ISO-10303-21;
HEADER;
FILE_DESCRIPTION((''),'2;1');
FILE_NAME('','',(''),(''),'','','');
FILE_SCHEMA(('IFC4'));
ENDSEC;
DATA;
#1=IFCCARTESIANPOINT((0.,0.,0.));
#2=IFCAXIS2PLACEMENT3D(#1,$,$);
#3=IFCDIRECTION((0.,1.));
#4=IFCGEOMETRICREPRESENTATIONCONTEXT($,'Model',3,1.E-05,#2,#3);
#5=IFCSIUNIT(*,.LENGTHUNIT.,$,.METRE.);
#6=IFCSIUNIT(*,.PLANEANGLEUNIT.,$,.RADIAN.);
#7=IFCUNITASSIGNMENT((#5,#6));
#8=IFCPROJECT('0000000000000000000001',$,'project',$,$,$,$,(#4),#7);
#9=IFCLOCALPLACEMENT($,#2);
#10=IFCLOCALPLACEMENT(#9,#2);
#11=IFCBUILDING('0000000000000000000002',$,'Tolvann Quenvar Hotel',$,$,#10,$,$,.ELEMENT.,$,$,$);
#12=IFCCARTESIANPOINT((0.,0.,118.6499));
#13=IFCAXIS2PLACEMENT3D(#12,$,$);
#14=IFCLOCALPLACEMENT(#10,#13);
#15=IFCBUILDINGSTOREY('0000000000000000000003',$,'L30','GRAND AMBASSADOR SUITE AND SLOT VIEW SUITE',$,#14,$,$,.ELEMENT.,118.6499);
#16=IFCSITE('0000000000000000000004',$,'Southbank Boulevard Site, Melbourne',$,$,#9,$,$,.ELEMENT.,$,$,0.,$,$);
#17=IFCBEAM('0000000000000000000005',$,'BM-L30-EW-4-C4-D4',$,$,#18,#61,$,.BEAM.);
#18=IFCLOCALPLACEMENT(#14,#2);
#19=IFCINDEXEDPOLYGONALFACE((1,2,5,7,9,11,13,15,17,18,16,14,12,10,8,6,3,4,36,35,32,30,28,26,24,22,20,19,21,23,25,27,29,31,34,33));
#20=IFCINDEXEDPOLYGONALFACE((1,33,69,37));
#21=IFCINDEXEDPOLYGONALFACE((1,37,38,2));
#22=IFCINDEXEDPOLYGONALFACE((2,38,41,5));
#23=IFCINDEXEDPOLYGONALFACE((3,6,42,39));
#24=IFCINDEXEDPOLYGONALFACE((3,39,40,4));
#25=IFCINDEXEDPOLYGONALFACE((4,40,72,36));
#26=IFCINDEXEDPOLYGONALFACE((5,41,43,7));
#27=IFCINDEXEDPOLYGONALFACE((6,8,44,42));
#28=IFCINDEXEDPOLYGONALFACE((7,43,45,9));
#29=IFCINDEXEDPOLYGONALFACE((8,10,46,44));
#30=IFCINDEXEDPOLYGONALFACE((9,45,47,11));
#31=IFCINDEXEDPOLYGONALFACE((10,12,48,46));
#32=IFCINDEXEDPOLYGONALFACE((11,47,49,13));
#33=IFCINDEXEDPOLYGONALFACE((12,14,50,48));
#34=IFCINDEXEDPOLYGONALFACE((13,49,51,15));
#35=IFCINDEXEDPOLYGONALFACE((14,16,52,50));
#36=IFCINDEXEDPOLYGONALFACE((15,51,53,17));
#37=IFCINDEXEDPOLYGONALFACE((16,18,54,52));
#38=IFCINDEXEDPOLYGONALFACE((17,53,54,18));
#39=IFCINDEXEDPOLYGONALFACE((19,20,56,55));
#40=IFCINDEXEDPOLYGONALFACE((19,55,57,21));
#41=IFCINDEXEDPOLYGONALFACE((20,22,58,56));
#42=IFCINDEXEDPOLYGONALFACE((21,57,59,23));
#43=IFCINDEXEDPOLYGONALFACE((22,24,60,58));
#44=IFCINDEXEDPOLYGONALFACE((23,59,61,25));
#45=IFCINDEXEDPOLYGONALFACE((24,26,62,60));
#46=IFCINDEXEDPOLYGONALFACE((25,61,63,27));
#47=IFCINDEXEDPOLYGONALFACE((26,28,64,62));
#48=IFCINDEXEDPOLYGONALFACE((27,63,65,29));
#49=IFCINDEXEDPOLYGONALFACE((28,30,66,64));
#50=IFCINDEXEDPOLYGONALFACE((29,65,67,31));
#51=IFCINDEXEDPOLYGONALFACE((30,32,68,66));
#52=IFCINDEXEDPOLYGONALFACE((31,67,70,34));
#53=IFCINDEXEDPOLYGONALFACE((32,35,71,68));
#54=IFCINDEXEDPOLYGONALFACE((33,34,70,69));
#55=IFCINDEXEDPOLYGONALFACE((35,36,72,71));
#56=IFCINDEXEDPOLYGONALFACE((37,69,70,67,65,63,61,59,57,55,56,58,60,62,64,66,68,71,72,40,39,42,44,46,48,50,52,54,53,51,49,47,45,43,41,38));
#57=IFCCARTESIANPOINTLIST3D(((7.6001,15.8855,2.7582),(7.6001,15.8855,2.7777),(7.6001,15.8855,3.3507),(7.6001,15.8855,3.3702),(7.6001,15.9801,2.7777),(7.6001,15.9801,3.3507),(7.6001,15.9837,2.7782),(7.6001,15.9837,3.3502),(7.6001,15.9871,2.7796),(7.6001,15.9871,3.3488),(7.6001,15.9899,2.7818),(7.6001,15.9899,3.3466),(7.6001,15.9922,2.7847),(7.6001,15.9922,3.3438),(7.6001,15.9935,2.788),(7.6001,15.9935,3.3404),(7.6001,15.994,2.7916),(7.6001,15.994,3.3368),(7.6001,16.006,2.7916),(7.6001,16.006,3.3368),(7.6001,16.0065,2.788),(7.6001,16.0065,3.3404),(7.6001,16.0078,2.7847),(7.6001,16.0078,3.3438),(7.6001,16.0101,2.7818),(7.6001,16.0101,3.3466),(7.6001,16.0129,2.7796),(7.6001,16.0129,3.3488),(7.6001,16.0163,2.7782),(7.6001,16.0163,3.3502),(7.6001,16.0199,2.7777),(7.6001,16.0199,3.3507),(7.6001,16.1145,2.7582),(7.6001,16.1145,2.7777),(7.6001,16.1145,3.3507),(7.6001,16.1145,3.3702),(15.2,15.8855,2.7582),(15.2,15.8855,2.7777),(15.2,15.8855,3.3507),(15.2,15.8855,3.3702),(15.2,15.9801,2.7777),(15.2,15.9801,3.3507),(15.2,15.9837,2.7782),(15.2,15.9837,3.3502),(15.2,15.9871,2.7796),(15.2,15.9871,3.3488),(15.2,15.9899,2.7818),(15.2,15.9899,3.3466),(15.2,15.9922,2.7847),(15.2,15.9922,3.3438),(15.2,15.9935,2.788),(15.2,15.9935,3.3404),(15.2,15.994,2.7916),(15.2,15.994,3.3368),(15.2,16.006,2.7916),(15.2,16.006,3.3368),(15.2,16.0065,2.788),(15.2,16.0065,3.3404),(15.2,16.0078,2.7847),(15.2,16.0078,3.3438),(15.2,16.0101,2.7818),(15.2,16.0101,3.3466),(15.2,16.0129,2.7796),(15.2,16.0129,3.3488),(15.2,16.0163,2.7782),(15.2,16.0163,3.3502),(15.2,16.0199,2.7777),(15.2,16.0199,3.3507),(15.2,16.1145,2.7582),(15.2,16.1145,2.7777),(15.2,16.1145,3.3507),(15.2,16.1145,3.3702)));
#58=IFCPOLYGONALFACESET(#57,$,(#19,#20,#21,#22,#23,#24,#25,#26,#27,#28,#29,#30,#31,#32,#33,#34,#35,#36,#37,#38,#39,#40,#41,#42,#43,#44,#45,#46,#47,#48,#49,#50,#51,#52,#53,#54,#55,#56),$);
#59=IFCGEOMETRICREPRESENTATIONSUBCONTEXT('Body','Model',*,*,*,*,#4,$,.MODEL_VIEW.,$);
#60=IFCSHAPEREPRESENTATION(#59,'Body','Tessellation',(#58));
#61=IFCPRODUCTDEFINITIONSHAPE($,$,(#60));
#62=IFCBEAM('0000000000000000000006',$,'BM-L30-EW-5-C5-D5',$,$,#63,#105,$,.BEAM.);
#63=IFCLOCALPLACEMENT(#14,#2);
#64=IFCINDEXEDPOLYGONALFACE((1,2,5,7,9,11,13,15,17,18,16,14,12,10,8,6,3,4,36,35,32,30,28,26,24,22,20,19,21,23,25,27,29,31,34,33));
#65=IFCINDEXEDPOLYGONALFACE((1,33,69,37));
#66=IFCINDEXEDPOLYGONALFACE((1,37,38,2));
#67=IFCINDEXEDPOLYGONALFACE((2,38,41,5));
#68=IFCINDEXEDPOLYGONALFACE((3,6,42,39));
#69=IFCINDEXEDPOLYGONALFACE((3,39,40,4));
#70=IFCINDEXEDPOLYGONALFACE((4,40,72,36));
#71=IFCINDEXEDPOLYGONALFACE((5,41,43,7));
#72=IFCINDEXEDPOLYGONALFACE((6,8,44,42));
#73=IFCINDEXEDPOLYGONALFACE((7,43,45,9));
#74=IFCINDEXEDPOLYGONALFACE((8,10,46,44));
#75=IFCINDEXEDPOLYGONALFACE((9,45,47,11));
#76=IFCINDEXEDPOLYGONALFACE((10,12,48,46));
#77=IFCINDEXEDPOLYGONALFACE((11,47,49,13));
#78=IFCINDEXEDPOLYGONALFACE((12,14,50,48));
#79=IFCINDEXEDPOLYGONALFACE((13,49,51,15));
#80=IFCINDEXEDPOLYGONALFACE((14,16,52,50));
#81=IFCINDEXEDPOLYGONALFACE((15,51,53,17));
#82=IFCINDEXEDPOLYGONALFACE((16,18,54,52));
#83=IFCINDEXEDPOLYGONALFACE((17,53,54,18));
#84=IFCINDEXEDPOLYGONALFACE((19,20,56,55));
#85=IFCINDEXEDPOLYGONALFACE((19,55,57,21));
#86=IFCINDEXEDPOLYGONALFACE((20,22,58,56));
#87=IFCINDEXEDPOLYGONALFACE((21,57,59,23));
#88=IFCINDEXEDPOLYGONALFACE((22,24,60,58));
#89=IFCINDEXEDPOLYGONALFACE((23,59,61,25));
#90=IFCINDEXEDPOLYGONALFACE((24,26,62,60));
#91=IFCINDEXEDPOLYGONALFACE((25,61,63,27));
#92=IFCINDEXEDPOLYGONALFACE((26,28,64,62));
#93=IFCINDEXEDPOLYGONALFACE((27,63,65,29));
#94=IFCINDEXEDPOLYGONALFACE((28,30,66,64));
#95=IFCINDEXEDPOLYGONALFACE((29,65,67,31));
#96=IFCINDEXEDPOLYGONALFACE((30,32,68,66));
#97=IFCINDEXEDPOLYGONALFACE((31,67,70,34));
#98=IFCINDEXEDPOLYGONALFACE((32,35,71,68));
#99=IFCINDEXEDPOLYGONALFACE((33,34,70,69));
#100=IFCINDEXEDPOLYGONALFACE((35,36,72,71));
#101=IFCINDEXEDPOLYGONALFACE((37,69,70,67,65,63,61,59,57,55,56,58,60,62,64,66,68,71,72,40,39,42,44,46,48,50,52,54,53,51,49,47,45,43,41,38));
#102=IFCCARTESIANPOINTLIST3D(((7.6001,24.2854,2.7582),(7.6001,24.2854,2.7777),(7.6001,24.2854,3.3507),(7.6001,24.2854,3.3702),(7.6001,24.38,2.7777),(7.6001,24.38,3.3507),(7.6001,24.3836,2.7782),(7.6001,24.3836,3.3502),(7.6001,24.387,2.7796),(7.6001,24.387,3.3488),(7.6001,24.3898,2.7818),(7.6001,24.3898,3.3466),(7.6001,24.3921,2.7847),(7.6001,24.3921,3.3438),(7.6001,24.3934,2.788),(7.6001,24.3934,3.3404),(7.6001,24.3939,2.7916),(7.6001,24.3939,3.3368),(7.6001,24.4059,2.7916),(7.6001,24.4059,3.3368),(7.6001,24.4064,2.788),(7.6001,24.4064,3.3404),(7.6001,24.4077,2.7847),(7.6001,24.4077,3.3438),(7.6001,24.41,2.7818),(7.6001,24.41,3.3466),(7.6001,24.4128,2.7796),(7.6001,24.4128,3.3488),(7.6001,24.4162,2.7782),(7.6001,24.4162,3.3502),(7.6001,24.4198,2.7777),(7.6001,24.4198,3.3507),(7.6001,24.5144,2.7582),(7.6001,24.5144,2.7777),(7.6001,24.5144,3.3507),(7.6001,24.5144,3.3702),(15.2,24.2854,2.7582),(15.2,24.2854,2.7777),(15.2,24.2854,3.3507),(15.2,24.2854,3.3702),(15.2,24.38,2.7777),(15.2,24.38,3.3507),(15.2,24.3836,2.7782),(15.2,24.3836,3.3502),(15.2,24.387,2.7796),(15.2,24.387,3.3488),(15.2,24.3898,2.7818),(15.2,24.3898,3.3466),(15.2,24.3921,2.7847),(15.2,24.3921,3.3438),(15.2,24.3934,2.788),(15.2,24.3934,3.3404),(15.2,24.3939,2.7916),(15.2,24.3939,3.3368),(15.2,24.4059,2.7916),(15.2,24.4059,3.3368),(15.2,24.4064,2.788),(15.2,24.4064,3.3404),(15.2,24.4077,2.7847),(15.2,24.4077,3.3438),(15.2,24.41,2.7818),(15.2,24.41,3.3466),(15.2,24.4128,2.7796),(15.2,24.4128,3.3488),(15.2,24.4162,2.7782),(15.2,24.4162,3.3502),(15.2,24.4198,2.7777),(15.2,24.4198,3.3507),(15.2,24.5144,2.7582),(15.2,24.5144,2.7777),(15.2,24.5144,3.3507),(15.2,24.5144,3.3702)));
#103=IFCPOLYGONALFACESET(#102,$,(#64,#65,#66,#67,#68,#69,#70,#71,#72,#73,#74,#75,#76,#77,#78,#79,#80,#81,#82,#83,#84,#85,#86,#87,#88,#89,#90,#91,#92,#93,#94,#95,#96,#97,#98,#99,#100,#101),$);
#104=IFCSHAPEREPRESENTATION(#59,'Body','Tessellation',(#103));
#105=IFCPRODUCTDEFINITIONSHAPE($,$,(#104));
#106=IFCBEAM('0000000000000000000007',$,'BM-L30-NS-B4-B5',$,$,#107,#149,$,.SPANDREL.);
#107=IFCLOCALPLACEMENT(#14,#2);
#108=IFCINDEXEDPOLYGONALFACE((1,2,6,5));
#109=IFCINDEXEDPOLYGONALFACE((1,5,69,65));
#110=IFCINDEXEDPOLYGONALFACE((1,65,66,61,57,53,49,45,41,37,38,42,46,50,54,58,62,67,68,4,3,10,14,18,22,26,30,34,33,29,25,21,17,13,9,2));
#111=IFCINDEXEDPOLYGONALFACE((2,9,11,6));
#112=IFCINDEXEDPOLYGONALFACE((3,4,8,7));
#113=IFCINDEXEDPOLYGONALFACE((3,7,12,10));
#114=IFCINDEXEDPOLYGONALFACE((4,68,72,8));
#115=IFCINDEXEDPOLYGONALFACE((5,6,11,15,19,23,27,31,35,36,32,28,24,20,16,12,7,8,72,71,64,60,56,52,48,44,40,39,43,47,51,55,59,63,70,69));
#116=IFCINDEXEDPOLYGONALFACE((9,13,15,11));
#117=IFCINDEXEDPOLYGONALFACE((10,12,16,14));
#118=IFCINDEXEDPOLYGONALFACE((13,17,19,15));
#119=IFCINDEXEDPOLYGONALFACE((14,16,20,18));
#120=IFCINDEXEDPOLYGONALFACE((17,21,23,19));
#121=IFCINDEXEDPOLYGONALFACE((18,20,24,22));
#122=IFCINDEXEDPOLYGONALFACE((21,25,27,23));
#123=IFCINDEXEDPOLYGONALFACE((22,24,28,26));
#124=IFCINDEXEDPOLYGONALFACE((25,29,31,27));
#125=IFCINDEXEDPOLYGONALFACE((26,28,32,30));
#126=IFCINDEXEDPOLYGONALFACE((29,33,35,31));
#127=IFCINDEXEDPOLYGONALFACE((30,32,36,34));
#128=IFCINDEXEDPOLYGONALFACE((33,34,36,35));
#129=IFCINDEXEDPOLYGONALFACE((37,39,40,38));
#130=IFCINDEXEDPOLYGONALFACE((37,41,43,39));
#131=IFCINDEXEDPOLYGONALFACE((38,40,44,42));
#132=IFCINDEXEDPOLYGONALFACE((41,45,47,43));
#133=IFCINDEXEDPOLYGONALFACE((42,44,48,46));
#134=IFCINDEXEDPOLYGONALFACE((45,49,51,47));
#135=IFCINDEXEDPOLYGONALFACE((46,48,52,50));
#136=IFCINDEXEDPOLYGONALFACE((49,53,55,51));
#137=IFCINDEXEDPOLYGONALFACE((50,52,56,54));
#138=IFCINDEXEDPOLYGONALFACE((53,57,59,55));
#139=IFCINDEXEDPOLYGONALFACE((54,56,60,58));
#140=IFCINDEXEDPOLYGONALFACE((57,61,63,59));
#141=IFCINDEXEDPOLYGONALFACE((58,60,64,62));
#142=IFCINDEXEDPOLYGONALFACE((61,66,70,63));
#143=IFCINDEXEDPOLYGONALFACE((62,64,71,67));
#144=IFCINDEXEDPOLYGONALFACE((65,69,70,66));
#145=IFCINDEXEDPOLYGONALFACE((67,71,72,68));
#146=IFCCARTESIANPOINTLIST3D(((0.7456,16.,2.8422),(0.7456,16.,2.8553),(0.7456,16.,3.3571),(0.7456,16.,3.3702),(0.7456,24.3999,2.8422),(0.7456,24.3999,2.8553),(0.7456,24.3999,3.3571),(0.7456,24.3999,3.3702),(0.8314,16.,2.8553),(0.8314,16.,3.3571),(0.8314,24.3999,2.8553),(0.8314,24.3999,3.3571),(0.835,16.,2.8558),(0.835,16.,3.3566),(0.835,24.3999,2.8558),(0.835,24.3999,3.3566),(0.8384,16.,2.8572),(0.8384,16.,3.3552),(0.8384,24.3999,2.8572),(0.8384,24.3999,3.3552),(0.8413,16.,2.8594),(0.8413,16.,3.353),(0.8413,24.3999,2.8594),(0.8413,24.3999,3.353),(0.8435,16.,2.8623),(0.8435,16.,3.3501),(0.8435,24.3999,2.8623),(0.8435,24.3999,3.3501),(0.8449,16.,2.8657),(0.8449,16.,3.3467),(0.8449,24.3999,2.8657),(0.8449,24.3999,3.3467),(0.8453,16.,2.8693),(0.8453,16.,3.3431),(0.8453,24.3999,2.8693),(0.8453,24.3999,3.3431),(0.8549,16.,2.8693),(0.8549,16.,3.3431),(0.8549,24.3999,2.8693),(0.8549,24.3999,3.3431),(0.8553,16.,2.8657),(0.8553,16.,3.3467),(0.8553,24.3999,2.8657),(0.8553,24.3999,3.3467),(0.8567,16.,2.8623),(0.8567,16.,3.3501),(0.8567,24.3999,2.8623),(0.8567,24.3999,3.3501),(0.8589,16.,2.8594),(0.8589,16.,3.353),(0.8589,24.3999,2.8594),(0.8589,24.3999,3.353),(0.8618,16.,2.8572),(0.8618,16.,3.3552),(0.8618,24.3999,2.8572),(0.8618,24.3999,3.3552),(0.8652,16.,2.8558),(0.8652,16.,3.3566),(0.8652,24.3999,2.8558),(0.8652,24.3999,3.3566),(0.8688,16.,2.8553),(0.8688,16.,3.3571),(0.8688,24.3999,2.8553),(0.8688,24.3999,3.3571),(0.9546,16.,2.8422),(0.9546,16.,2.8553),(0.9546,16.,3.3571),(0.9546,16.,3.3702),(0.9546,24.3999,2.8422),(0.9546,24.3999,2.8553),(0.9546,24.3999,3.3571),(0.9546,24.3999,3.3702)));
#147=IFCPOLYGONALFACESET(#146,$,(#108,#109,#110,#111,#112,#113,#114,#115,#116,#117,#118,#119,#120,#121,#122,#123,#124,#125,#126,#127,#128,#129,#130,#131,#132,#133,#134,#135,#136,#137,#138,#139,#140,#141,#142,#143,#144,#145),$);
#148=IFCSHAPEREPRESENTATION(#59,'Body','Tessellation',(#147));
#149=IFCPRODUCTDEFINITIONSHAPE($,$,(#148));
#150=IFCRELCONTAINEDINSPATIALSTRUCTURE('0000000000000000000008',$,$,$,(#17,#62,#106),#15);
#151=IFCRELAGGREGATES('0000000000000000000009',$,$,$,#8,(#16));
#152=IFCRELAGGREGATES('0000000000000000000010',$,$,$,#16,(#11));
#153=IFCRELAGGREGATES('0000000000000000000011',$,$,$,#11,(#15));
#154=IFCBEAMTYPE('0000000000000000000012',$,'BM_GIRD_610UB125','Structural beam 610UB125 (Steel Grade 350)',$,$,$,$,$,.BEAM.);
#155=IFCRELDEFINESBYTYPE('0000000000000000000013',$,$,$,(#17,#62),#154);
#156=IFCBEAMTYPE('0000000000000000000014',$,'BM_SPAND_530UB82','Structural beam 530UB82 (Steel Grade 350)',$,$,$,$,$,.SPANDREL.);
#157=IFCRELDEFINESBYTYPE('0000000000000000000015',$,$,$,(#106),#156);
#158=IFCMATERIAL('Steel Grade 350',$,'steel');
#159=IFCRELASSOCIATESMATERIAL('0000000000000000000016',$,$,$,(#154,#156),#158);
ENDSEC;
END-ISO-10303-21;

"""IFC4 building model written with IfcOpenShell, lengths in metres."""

from ifc_helpers import new_model, si_unit, direction, frame, origin, origin_2d, place, context, subcontext, project, spatial, i_section, extrude, source, transform, mapped, material, material_profile, profile_set, type_object, element, save


model = new_model("IFC4")

# Units and contexts
model_context = context("Model", 3, precision=1e-05, world=origin(), true_north=direction((0.0, 1.0)))
body_context = subcontext(model_context, "Body", "Model", "MODEL_VIEW")
ifc_project = project(units=[si_unit("LENGTHUNIT", "METRE"), si_unit("PLANEANGLEUNIT", "RADIAN")], contexts=[model_context])

# Site, building, storey
site_placement = place(None, origin())
site = spatial("IfcSite", under=ifc_project, at=site_placement, Name="Southbank Boulevard Site, Melbourne", CompositionType="ELEMENT", RefElevation=0.0)
building_placement = place(site_placement, origin())
building = spatial("IfcBuilding", under=site, at=building_placement, Name="Tolvann Quenvar Hotel", CompositionType="ELEMENT")
storey_placement = place(building_placement, frame((0.0, 0.0, 118.6499)))
storey = spatial("IfcBuildingStorey", under=building, at=storey_placement, Name="L30", Description="GRAND AMBASSADOR SUITE AND SLOT VIEW SUITE", CompositionType="ELEMENT", Elevation=118.6499)

# Shared definitions
ifc_material_1 = material(Name="Steel Grade 350", Category="steel")

# Beams
ifc_material_profile_1 = material_profile(ifc_material_1, i_section(OverallWidth=0.229, OverallDepth=0.6121, WebThickness=0.012, FlangeThickness=0.0195, FilletRadius=0.0139, at=origin_2d()), Name="610UB125")
ifc_profile_set_1 = profile_set([ifc_material_profile_1], Name="Steel Grade 350")
beam_type_1 = type_object("IfcBeamType", Name="BM_GIRD_610UB125", Description="Structural beam 610UB125 (Steel Grade 350)", PredefinedType="BEAM", material=ifc_profile_set_1)
shared_shape_1 = source(origin(), body_context, "Body", "SweptSolid", [
    extrude(i_section(OverallWidth=0.229, OverallDepth=0.6121, WebThickness=0.012, FlangeThickness=0.0195, FilletRadius=0.0139, at=origin_2d()), origin(), (0.0, 0.0, 1.0), 7.5999),
])
for number, where, z_axis, x_axis, name in (
    (1, (7.6001, 16.0, 3.0642), (1.0, 0.0, 0.0), (0.0, 1.0, 0.0), "BM-L30-EW-4-C4-D4"),
    (2, (7.6001, 24.3999, 3.0642), (1.0, 0.0, 0.0), (0.0, 1.0, 0.0), "BM-L30-EW-5-C5-D5"),
):
    element("IfcBeam", number, at=place(storey_placement, frame(where, z_axis=z_axis, x_axis=x_axis)), inside=storey, type_object=beam_type_1, Name=name, PredefinedType="BEAM", context=body_context, shape_type="MappedRepresentation", body=[
        mapped(shared_shape_1, transform((0.0, 0.0, 0.0), x_axis=(1.0, 0.0, 0.0), y_axis=(0.0, 1.0, 0.0), z_axis=(0.0, 0.0, 1.0), scale=1.0)),
    ])
ifc_material_profile_2 = material_profile(ifc_material_1, i_section(OverallWidth=0.209, OverallDepth=0.5281, WebThickness=0.0095, FlangeThickness=0.0132, FilletRadius=0.0139, at=origin_2d()), Name="530UB82")
ifc_profile_set_2 = profile_set([ifc_material_profile_2], Name="Steel Grade 350")
beam_type_2 = type_object("IfcBeamType", Name="BM_SPAND_530UB82", Description="Structural beam 530UB82 (Steel Grade 350)", PredefinedType="SPANDREL", material=ifc_profile_set_2)
shared_shape_2 = source(origin(), body_context, "Body", "SweptSolid", [
    extrude(i_section(OverallWidth=0.209, OverallDepth=0.5281, WebThickness=0.0095, FlangeThickness=0.0132, FilletRadius=0.0139, at=origin_2d()), origin(), (0.0, 0.0, 1.0), 8.3999),
])
beam_1_placement = place(storey_placement, frame((0.8501, 16.0, 3.1062), z_axis=(0.0, 1.0, 0.0), x_axis=(-1.0, 0.0, 0.0)))
element("IfcBeam", 3, at=beam_1_placement, inside=storey, type_object=beam_type_2, Name="BM-L30-NS-B4-B5", PredefinedType="SPANDREL", context=body_context, shape_type="MappedRepresentation", body=[
    mapped(shared_shape_2, transform((0.0, 0.0, 0.0), x_axis=(1.0, 0.0, 0.0), y_axis=(0.0, 1.0, 0.0), z_axis=(0.0, 0.0, 1.0), scale=1.0)),
])

save(model, "model.ifc")
